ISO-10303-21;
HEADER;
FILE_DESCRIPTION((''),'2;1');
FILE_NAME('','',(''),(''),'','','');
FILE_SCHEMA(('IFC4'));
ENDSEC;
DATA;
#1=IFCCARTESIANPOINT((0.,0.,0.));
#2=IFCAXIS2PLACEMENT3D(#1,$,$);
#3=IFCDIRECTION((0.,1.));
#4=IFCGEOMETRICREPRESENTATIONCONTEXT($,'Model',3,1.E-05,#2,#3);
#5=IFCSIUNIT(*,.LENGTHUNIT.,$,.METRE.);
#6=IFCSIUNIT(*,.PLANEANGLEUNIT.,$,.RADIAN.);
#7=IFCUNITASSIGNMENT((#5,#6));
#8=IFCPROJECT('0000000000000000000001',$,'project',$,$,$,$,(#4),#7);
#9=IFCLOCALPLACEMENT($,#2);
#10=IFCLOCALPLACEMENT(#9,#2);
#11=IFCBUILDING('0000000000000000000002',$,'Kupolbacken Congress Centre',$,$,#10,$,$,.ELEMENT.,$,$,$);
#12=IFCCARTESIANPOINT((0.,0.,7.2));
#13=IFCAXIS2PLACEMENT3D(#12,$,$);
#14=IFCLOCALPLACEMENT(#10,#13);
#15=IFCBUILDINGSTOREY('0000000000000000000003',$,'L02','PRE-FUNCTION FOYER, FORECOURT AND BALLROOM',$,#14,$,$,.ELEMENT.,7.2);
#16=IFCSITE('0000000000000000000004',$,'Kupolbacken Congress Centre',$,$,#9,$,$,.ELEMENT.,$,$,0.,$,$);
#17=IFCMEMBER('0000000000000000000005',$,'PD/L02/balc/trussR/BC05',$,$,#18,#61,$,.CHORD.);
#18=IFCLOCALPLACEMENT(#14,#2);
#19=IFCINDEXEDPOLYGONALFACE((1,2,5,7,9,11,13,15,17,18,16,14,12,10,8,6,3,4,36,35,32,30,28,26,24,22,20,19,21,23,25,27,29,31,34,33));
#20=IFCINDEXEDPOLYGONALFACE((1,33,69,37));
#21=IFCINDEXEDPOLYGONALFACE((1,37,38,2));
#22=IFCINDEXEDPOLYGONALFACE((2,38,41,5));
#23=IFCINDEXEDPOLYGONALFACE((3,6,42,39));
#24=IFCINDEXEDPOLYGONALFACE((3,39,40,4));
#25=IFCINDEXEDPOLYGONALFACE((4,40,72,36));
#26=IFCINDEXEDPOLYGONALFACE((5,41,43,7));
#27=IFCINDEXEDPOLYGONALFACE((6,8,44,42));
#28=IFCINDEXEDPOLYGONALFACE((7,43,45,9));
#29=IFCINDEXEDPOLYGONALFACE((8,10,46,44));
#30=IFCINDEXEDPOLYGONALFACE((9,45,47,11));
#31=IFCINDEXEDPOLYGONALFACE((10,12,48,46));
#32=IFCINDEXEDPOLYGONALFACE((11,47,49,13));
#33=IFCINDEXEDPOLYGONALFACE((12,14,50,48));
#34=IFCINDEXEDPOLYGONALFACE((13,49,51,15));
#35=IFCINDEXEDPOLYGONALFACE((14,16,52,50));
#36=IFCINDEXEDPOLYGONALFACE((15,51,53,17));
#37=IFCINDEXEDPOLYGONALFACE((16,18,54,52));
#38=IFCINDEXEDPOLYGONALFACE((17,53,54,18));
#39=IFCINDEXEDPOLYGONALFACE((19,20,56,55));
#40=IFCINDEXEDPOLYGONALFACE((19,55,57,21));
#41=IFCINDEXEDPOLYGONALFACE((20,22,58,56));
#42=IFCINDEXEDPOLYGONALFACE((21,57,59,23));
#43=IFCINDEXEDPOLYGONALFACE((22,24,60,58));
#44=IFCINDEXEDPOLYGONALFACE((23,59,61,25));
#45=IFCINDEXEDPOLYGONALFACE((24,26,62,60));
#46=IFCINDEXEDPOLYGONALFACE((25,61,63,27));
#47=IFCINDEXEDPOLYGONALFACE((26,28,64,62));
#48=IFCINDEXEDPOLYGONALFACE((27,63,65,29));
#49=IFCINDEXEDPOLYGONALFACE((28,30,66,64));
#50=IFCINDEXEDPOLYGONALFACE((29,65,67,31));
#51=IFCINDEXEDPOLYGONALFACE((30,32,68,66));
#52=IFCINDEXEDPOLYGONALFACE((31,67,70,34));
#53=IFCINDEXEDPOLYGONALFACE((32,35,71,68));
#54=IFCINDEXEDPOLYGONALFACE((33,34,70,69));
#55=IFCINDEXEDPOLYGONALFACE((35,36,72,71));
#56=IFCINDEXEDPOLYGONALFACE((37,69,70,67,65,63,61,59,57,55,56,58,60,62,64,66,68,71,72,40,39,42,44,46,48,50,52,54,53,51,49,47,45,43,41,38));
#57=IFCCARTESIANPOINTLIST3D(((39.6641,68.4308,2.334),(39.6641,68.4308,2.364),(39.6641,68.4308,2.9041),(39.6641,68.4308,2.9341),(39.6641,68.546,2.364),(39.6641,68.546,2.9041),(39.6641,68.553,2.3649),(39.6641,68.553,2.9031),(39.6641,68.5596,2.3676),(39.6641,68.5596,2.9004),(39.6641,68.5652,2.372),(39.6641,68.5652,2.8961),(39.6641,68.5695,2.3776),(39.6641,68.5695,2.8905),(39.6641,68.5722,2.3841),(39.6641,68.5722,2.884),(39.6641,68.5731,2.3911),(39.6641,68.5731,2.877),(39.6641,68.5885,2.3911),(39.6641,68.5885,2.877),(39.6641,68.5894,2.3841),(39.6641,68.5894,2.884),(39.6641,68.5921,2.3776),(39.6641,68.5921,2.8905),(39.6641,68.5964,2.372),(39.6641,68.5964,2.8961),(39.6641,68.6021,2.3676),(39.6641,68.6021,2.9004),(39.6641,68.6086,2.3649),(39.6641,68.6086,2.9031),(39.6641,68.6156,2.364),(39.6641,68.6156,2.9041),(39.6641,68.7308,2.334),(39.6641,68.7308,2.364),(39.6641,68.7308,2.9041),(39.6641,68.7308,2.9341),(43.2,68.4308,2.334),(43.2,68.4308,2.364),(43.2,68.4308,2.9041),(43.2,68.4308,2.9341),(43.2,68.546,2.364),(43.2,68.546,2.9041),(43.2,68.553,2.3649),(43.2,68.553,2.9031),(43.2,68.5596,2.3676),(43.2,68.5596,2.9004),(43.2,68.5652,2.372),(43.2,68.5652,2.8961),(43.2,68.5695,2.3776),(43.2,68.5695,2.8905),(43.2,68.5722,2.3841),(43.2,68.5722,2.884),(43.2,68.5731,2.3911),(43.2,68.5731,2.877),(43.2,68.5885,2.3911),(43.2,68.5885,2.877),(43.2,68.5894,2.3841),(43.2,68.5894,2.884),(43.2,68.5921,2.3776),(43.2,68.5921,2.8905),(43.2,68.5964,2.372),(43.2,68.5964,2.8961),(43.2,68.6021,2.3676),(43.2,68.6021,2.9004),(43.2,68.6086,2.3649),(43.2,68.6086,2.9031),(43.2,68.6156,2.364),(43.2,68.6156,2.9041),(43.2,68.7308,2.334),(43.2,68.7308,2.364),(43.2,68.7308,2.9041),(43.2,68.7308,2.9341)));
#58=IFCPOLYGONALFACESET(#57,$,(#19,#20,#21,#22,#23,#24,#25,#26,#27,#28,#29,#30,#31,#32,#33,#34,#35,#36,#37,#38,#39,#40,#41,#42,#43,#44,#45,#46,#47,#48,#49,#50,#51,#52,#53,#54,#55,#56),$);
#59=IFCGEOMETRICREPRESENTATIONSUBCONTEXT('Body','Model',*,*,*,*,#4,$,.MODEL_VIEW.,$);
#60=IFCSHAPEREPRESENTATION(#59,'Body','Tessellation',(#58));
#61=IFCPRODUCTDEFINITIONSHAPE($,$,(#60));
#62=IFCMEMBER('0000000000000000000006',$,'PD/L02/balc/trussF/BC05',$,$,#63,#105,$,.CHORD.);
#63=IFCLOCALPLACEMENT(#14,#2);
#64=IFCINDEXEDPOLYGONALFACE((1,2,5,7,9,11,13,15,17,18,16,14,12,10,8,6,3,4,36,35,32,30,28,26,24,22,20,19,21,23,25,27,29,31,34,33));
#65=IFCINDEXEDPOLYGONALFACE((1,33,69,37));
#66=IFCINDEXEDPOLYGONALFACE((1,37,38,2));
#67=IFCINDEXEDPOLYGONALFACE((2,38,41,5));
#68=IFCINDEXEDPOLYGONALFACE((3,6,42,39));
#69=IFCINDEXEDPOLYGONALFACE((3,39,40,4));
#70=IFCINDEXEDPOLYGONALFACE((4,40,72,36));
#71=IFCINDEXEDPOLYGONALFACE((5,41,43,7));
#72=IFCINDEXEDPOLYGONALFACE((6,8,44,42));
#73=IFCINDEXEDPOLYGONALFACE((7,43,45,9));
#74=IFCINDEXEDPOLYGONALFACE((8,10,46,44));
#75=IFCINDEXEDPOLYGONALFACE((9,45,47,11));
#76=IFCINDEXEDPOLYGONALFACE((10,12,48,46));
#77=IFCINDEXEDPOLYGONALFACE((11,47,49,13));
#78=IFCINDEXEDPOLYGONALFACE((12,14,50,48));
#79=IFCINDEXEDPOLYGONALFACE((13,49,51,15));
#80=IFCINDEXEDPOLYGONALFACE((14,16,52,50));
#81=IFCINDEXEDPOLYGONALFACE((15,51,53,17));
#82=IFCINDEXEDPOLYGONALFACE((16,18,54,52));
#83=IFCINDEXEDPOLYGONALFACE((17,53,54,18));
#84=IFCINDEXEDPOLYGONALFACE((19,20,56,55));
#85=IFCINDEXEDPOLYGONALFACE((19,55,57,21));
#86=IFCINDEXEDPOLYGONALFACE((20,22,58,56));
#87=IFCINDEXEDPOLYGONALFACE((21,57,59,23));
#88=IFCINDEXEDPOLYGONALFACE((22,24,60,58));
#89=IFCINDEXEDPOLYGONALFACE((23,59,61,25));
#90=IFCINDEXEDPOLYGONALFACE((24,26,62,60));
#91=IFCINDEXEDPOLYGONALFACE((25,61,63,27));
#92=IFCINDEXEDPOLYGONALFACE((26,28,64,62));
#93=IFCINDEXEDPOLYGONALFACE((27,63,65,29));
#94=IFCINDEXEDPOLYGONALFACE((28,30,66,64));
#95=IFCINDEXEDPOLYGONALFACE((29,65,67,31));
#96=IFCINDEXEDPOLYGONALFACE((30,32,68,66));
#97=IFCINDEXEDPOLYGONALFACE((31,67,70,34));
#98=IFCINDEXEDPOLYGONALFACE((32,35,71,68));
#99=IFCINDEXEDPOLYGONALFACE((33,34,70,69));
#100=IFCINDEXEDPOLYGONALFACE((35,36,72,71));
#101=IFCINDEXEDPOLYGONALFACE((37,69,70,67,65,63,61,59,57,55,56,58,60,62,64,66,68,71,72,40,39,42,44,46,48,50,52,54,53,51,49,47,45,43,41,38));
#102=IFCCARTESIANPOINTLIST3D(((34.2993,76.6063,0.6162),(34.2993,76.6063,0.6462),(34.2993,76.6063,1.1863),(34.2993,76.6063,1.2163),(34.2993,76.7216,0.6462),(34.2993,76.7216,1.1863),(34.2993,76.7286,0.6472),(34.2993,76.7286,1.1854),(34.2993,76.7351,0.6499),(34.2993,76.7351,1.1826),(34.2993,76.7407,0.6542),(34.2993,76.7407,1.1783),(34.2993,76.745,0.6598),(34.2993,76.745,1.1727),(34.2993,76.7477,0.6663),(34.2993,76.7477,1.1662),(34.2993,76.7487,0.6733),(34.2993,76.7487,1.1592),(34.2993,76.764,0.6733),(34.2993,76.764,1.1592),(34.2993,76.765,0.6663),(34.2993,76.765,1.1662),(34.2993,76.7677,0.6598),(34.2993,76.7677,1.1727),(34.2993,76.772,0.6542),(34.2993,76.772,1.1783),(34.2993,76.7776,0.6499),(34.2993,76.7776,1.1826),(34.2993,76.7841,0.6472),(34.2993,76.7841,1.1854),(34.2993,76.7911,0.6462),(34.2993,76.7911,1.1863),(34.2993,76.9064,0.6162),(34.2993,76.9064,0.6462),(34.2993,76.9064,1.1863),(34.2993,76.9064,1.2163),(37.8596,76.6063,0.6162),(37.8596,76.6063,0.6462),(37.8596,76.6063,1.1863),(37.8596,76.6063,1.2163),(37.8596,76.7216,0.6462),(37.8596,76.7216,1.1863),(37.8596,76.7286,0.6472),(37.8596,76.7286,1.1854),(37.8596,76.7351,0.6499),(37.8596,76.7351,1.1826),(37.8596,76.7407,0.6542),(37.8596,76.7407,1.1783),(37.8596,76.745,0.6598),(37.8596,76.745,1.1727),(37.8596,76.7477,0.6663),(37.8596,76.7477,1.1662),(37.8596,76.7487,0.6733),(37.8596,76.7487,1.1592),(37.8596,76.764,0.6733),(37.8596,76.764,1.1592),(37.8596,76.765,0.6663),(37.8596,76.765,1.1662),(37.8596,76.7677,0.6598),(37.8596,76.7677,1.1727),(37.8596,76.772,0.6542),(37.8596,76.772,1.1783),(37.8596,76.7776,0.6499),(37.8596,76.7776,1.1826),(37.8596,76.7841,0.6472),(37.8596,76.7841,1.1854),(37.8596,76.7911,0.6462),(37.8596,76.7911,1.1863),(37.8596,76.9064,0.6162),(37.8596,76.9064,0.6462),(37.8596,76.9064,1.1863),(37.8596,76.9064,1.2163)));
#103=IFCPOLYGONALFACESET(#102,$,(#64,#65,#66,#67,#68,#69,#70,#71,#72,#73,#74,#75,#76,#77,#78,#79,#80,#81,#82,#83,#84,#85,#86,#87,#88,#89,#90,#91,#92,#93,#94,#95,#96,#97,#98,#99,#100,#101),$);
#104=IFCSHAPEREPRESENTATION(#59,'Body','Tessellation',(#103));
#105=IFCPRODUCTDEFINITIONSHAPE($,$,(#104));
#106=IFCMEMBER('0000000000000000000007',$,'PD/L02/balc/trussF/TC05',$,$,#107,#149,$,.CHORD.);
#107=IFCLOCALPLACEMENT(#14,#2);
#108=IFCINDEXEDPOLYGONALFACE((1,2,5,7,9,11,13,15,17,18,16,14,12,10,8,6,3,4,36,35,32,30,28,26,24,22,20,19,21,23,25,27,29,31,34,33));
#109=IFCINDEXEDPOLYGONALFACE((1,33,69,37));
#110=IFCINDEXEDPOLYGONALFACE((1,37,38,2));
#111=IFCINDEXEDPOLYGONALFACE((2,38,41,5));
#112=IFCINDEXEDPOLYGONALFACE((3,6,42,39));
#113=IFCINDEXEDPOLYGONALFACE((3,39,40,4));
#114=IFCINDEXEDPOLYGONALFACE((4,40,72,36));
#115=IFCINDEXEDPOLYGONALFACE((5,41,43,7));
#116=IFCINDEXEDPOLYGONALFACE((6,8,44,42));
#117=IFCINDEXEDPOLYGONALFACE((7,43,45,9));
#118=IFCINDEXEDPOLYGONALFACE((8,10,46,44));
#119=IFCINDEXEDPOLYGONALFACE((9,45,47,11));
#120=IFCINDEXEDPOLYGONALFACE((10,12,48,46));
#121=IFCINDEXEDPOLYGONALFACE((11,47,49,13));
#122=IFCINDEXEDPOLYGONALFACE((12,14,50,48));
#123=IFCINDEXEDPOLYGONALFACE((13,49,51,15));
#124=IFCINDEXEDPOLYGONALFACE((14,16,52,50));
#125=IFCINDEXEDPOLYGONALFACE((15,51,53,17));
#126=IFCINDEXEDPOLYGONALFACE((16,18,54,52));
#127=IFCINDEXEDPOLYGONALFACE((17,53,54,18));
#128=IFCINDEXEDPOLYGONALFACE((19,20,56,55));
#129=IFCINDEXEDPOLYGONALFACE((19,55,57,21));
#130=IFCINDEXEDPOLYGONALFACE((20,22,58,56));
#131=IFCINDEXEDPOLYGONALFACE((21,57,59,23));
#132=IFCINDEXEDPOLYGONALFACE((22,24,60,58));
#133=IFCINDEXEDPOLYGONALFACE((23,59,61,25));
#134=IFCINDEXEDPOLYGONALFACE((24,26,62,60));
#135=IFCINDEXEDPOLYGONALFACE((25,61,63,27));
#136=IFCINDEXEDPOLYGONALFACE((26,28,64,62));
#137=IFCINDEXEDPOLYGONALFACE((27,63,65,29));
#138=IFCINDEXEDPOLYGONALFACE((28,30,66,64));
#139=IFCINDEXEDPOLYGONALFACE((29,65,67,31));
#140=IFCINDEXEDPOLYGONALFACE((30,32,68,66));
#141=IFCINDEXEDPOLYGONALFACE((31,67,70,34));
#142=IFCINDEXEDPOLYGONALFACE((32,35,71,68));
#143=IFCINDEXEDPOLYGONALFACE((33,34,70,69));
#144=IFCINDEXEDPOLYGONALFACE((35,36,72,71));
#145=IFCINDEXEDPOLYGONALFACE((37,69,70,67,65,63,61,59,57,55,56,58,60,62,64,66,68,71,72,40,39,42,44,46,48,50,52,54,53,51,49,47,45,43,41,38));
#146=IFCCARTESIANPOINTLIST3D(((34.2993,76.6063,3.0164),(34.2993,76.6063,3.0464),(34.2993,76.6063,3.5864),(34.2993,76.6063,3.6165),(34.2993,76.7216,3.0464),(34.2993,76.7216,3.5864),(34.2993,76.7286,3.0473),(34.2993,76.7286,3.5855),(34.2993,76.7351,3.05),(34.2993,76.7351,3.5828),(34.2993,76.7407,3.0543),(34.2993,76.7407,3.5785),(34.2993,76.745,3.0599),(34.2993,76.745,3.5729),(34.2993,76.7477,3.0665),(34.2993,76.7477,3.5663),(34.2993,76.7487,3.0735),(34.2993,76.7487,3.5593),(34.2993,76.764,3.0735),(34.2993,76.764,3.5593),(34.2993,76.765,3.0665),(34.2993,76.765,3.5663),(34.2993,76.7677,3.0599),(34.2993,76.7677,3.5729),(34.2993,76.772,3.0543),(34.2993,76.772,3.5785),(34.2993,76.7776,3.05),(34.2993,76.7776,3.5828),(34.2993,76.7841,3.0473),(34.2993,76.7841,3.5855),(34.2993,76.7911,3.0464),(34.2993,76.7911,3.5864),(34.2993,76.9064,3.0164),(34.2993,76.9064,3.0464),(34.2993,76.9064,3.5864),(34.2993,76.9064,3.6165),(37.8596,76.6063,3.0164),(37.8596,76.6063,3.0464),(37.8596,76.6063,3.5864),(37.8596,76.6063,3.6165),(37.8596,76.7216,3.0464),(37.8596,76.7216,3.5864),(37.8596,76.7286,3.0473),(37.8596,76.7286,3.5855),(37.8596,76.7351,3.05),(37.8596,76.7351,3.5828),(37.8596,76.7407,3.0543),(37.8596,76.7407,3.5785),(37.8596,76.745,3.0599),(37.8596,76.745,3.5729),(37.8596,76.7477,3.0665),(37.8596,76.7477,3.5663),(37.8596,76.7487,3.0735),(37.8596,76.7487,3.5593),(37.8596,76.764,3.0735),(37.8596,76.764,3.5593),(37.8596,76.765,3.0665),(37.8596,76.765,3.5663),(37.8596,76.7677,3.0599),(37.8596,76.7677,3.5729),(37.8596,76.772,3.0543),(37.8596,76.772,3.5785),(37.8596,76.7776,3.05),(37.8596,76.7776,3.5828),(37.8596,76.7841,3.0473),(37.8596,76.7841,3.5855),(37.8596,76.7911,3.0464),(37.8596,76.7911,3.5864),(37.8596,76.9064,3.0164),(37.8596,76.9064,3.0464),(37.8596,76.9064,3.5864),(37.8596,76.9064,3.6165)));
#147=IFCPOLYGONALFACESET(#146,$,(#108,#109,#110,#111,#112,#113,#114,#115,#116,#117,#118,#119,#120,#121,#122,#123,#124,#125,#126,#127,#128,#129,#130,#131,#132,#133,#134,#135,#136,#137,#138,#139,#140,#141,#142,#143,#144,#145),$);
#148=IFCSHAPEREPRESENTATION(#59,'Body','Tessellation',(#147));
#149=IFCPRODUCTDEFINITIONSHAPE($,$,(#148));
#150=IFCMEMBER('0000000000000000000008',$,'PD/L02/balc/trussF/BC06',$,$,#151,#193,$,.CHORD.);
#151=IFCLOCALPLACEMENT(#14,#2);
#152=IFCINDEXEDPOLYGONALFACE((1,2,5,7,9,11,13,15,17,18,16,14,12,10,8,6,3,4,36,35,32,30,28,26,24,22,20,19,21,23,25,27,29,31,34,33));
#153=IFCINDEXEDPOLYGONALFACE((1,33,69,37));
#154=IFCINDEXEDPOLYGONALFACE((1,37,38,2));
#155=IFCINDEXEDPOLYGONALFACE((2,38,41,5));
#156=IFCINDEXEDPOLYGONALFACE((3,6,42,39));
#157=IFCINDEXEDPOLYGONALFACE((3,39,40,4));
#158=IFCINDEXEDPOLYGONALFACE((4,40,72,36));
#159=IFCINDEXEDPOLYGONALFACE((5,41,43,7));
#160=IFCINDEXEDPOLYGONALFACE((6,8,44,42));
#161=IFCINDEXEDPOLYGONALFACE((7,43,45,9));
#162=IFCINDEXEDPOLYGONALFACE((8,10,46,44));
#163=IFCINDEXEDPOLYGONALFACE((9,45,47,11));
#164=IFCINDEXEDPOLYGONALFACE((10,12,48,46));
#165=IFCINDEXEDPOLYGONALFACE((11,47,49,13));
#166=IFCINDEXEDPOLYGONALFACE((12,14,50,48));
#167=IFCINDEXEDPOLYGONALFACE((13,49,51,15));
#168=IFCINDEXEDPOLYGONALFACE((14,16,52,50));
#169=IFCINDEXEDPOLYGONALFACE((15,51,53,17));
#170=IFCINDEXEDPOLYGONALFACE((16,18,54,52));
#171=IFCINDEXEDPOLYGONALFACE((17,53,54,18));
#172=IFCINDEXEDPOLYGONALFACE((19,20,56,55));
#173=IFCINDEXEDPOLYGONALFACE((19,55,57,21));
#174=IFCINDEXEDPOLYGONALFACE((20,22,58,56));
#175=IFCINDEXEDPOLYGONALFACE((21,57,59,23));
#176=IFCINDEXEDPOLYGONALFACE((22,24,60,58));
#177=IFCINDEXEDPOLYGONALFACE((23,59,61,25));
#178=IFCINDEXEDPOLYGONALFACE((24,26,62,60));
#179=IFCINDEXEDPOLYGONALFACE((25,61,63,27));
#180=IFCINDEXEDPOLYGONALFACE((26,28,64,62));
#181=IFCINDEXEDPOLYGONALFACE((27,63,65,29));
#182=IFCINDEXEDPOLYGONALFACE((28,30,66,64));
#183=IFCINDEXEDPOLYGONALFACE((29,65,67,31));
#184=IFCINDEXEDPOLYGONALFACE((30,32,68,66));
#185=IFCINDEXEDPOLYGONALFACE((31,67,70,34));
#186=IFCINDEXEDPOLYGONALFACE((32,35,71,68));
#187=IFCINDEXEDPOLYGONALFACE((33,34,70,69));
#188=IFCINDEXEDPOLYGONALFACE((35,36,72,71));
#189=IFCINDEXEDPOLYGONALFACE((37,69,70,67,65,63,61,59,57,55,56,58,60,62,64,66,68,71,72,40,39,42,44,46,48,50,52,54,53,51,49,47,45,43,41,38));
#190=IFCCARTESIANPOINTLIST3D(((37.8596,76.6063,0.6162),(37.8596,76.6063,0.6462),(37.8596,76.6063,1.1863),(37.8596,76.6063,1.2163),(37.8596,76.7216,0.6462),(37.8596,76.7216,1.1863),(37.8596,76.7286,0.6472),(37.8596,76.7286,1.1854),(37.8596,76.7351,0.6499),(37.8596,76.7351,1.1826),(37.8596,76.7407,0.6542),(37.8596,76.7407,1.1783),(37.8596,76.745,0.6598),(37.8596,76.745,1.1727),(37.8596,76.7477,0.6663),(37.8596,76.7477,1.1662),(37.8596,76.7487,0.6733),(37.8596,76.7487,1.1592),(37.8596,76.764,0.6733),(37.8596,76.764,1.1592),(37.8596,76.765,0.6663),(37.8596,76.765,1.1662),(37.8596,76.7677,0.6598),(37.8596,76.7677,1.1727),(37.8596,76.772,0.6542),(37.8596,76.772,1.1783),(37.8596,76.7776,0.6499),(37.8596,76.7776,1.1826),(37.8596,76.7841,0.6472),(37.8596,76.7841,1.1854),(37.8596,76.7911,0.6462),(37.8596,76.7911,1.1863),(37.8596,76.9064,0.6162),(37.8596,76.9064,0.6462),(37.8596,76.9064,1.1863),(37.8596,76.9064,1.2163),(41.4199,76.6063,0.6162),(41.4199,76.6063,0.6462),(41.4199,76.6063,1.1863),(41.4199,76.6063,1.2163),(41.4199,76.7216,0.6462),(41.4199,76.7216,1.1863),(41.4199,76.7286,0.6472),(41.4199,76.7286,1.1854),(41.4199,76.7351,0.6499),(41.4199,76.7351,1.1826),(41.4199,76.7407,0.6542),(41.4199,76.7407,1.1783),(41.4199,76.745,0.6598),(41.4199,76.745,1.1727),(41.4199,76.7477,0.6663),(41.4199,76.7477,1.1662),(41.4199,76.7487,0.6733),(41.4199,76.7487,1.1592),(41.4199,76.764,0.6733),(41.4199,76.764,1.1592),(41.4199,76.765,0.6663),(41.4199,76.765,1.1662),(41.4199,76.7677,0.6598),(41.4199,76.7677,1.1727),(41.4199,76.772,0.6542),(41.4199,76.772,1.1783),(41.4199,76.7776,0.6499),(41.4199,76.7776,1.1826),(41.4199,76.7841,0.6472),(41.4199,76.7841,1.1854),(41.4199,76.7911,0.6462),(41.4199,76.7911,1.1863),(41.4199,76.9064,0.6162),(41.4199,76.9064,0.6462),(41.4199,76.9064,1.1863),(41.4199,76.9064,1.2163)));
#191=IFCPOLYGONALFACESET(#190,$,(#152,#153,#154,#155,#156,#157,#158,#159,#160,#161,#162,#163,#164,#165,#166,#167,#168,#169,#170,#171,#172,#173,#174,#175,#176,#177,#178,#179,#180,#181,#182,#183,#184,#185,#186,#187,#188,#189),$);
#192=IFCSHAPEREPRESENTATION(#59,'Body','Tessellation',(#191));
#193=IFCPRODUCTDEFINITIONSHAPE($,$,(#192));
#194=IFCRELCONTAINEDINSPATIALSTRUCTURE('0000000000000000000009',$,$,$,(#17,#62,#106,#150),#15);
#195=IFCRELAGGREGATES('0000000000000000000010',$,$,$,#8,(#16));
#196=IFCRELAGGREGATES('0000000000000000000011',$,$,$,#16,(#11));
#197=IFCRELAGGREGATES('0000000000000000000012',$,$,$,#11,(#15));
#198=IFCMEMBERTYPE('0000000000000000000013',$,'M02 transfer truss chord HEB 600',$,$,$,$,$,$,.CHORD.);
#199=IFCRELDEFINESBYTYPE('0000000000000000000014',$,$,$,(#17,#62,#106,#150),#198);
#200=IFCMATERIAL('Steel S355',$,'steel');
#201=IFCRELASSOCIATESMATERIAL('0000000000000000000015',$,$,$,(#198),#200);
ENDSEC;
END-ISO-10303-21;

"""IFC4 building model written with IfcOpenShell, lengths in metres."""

from ifc_helpers import new_model, si_unit, direction, frame, origin, origin_2d, place, context, subcontext, project, spatial, i_section, extrude, material, material_profile, profile_set, type_object, element, save


model = new_model("IFC4")

# Units and contexts
model_context = context("Model", 3, precision=1e-05, world=origin(), true_north=direction((0.0, 1.0)))
body_context = subcontext(model_context, "Body", "Model", "MODEL_VIEW")
ifc_project = project(units=[si_unit("LENGTHUNIT", "METRE"), si_unit("PLANEANGLEUNIT", "RADIAN")], contexts=[model_context])

# Site, building, storey
site_placement = place(None, origin())
site = spatial("IfcSite", under=ifc_project, at=site_placement, Name="Kupolbacken Congress Centre", CompositionType="ELEMENT", RefElevation=0.0)
building_placement = place(site_placement, origin())
building = spatial("IfcBuilding", under=site, at=building_placement, Name="Kupolbacken Congress Centre", CompositionType="ELEMENT")
storey_placement = place(building_placement, frame((0.0, 0.0, 7.2)))
storey = spatial("IfcBuildingStorey", under=building, at=storey_placement, Name="L02", Description="PRE-FUNCTION FOYER, FORECOURT AND BALLROOM", CompositionType="ELEMENT", Elevation=7.2)

# Members
ifc_material_1 = material(Name="Steel S355", Category="steel")
ifc_material_profile_1 = material_profile(ifc_material_1, i_section(OverallWidth=0.3, OverallDepth=0.6001, WebThickness=0.0154, FlangeThickness=0.03, FilletRadius=0.0271, at=origin_2d()), Name="HEB 600")
ifc_profile_set_1 = profile_set([ifc_material_profile_1], Name="Steel S355")
member_type_1 = type_object("IfcMemberType", Name="M02 transfer truss chord HEB 600", PredefinedType="CHORD", material=ifc_profile_set_1)
member_1_placement = place(storey_placement, frame((39.6641, 68.5808, 2.634), z_axis=(1.0, 0.0, 0.0), x_axis=(0.0, 1.0, 0.0)))
element("IfcMember", 1, at=member_1_placement, inside=storey, type_object=member_type_1, Name="PD/L02/balc/trussR/BC05", PredefinedType="CHORD", context=body_context, shape_type="SweptSolid", body=[
    extrude(i_section(OverallWidth=0.3, OverallDepth=0.6001, WebThickness=0.0154, FlangeThickness=0.03, FilletRadius=0.0271, at=origin_2d()), origin(), (0.0, 0.0, 1.0), 3.5359),
])
for number, where, z_axis, x_axis, name in (
    (2, (34.2993, 76.7563, 0.9163), (1.0, 0.0, 0.0), (0.0, 1.0, 0.0), "PD/L02/balc/trussF/BC05"),
    (3, (34.2993, 76.7563, 3.3164), (1.0, 0.0, 0.0), (0.0, 1.0, 0.0), "PD/L02/balc/trussF/TC05"),
    (4, (37.8596, 76.7563, 0.9163), (1.0, 0.0, 0.0), (0.0, 1.0, 0.0), "PD/L02/balc/trussF/BC06"),
):
    element("IfcMember", number, at=place(storey_placement, frame(where, z_axis=z_axis, x_axis=x_axis)), inside=storey, type_object=member_type_1, Name=name, PredefinedType="CHORD", context=body_context, shape_type="SweptSolid", body=[
        extrude(i_section(OverallWidth=0.3, OverallDepth=0.6001, WebThickness=0.0154, FlangeThickness=0.03, FilletRadius=0.0271, at=origin_2d()), origin(), (0.0, 0.0, 1.0), 3.5603),
    ])

save(model, "model.ifc")
